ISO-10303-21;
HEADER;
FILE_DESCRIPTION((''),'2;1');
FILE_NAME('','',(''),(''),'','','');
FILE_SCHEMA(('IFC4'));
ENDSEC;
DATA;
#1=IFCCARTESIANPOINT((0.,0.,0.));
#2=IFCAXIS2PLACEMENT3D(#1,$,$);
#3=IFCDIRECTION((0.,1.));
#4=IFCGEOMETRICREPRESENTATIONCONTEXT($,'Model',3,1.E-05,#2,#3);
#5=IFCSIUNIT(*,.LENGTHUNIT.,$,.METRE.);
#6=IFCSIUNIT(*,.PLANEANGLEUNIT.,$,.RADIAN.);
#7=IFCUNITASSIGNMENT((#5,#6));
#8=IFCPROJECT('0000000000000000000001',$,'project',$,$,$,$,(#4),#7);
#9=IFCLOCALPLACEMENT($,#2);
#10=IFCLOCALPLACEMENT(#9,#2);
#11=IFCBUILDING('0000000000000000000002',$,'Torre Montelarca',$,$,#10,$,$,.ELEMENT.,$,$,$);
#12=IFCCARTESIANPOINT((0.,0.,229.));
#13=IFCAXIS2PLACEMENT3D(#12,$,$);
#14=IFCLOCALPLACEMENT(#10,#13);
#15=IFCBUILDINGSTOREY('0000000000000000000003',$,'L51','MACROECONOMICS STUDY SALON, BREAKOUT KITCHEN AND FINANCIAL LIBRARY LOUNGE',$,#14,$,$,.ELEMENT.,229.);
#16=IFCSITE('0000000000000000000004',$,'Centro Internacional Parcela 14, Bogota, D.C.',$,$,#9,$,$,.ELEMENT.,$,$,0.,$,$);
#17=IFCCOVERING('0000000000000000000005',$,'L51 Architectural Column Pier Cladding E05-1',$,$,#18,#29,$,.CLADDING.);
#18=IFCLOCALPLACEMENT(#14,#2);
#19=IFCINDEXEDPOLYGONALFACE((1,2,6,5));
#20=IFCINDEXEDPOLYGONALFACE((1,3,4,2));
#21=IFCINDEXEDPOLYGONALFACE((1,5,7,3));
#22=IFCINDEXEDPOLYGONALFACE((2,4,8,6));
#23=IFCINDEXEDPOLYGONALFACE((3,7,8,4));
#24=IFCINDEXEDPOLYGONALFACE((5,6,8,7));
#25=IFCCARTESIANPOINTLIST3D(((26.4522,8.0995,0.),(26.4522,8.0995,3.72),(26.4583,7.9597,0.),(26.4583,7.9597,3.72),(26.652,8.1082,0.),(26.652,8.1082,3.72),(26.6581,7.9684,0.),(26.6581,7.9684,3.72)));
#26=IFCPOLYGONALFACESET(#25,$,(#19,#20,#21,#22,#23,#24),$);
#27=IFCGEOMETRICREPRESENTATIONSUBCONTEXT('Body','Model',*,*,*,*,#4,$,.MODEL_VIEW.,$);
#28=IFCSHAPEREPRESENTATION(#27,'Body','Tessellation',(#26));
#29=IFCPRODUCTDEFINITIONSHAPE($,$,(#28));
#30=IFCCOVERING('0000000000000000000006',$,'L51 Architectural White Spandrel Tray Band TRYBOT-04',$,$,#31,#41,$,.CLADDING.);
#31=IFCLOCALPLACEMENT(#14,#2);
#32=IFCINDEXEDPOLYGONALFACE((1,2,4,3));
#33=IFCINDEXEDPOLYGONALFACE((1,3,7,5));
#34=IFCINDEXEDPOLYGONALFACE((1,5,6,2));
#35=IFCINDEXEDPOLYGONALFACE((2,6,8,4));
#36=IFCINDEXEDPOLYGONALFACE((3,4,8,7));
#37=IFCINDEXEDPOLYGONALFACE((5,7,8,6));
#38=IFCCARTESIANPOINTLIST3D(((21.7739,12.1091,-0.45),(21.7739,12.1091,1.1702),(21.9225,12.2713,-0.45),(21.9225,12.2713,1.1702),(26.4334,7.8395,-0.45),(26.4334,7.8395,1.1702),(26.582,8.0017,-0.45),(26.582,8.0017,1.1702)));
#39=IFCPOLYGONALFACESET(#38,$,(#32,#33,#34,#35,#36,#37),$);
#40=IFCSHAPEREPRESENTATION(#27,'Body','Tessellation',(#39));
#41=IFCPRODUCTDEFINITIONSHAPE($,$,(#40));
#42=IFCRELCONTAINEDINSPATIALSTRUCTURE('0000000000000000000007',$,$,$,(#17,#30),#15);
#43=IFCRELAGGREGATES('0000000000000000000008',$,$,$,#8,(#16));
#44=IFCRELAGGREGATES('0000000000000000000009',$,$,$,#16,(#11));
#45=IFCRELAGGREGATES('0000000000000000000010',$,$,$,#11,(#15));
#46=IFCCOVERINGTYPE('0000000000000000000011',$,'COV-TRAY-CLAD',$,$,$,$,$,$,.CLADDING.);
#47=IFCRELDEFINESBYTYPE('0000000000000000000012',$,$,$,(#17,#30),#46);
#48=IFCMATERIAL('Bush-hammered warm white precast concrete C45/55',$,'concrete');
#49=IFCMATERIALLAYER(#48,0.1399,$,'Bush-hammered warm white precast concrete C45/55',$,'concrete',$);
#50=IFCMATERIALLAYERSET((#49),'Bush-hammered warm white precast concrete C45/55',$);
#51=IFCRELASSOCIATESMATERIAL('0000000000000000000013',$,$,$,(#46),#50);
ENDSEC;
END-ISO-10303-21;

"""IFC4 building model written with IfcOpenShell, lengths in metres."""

from ifc_helpers import new_model, si_unit, direction, frame, origin, origin_2d, place, context, subcontext, project, spatial, rectangle, extrude, source, transform, mapped, material, layer, layer_set, type_object, element, save


model = new_model("IFC4")

# Units and contexts
model_context = context("Model", 3, precision=1e-05, world=origin(), true_north=direction((0.0, 1.0)))
body_context = subcontext(model_context, "Body", "Model", "MODEL_VIEW")
ifc_project = project(units=[si_unit("LENGTHUNIT", "METRE"), si_unit("PLANEANGLEUNIT", "RADIAN")], contexts=[model_context])

# Site, building, storey
site_placement = place(None, origin())
site = spatial("IfcSite", under=ifc_project, at=site_placement, Name="Centro Internacional Parcela 14, Bogota, D.C.", CompositionType="ELEMENT", RefElevation=0.0)
building_placement = place(site_placement, origin())
building = spatial("IfcBuilding", under=site, at=building_placement, Name="Torre Montelarca", CompositionType="ELEMENT")
storey_placement = place(building_placement, frame((0.0, 0.0, 229.0)))
storey = spatial("IfcBuildingStorey", under=building, at=storey_placement, Name="L51", Description="MACROECONOMICS STUDY SALON, BREAKOUT KITCHEN AND FINANCIAL LIBRARY LOUNGE", CompositionType="ELEMENT", Elevation=229.0)

# Coverings
ifc_material_1 = material(Name="Bush-hammered warm white precast concrete C45/55", Category="concrete")
ifc_layer_1 = layer(ifc_material_1, 0.1399, Name="Bush-hammered warm white precast concrete C45/55", Category="concrete")
ifc_layer_set_1 = layer_set([ifc_layer_1], Name="Bush-hammered warm white precast concrete C45/55")
covering_type = type_object("IfcCoveringType", Name="COV-TRAY-CLAD", PredefinedType="CLADDING", material=ifc_layer_set_1)
shared_shape_1 = source(origin(), body_context, "Body", "SweptSolid", [
    extrude(rectangle(XDim=0.2, YDim=0.1399, at=origin_2d()), origin(), (0.0, 0.0, 1.0), 3.72),
])
for number, where, z_axis, x_axis, name in (
    (1, (26.5552, 8.0339, 0.0), (0.0, 0.0, 1.0), (0.999048, 0.043628, 0.0), "L51 Architectural Column Pier Cladding E05-1"),
):
    element("IfcCovering", number, at=place(storey_placement, frame(where, z_axis=z_axis, x_axis=x_axis)), inside=storey, type_object=covering_type, Name=name, PredefinedType="CLADDING", context=body_context, shape_type="MappedRepresentation", body=[
        mapped(shared_shape_1, transform((0.0, 0.0, 0.0), scale=1.0)),
    ])
shared_shape_2 = source(origin(), body_context, "Body", "SweptSolid", [
    extrude(rectangle(XDim=6.3198, YDim=0.22, at=origin_2d()), origin(), (0.0, 0.0, 1.0), 1.6201),
])
covering_1_placement = place(storey_placement, frame((24.178, 10.0554, -0.45), z_axis=(0.0, 0.0, 1.0), x_axis=(0.737281, -0.675586, 0.0)))
element("IfcCovering", 2, at=covering_1_placement, inside=storey, type_object=covering_type, Name="L51 Architectural White Spandrel Tray Band TRYBOT-04", PredefinedType="CLADDING", context=body_context, shape_type="MappedRepresentation", body=[
    mapped(shared_shape_2, transform((0.0, 0.0, 0.0), scale=1.0)),
])

save(model, "model.ifc")
